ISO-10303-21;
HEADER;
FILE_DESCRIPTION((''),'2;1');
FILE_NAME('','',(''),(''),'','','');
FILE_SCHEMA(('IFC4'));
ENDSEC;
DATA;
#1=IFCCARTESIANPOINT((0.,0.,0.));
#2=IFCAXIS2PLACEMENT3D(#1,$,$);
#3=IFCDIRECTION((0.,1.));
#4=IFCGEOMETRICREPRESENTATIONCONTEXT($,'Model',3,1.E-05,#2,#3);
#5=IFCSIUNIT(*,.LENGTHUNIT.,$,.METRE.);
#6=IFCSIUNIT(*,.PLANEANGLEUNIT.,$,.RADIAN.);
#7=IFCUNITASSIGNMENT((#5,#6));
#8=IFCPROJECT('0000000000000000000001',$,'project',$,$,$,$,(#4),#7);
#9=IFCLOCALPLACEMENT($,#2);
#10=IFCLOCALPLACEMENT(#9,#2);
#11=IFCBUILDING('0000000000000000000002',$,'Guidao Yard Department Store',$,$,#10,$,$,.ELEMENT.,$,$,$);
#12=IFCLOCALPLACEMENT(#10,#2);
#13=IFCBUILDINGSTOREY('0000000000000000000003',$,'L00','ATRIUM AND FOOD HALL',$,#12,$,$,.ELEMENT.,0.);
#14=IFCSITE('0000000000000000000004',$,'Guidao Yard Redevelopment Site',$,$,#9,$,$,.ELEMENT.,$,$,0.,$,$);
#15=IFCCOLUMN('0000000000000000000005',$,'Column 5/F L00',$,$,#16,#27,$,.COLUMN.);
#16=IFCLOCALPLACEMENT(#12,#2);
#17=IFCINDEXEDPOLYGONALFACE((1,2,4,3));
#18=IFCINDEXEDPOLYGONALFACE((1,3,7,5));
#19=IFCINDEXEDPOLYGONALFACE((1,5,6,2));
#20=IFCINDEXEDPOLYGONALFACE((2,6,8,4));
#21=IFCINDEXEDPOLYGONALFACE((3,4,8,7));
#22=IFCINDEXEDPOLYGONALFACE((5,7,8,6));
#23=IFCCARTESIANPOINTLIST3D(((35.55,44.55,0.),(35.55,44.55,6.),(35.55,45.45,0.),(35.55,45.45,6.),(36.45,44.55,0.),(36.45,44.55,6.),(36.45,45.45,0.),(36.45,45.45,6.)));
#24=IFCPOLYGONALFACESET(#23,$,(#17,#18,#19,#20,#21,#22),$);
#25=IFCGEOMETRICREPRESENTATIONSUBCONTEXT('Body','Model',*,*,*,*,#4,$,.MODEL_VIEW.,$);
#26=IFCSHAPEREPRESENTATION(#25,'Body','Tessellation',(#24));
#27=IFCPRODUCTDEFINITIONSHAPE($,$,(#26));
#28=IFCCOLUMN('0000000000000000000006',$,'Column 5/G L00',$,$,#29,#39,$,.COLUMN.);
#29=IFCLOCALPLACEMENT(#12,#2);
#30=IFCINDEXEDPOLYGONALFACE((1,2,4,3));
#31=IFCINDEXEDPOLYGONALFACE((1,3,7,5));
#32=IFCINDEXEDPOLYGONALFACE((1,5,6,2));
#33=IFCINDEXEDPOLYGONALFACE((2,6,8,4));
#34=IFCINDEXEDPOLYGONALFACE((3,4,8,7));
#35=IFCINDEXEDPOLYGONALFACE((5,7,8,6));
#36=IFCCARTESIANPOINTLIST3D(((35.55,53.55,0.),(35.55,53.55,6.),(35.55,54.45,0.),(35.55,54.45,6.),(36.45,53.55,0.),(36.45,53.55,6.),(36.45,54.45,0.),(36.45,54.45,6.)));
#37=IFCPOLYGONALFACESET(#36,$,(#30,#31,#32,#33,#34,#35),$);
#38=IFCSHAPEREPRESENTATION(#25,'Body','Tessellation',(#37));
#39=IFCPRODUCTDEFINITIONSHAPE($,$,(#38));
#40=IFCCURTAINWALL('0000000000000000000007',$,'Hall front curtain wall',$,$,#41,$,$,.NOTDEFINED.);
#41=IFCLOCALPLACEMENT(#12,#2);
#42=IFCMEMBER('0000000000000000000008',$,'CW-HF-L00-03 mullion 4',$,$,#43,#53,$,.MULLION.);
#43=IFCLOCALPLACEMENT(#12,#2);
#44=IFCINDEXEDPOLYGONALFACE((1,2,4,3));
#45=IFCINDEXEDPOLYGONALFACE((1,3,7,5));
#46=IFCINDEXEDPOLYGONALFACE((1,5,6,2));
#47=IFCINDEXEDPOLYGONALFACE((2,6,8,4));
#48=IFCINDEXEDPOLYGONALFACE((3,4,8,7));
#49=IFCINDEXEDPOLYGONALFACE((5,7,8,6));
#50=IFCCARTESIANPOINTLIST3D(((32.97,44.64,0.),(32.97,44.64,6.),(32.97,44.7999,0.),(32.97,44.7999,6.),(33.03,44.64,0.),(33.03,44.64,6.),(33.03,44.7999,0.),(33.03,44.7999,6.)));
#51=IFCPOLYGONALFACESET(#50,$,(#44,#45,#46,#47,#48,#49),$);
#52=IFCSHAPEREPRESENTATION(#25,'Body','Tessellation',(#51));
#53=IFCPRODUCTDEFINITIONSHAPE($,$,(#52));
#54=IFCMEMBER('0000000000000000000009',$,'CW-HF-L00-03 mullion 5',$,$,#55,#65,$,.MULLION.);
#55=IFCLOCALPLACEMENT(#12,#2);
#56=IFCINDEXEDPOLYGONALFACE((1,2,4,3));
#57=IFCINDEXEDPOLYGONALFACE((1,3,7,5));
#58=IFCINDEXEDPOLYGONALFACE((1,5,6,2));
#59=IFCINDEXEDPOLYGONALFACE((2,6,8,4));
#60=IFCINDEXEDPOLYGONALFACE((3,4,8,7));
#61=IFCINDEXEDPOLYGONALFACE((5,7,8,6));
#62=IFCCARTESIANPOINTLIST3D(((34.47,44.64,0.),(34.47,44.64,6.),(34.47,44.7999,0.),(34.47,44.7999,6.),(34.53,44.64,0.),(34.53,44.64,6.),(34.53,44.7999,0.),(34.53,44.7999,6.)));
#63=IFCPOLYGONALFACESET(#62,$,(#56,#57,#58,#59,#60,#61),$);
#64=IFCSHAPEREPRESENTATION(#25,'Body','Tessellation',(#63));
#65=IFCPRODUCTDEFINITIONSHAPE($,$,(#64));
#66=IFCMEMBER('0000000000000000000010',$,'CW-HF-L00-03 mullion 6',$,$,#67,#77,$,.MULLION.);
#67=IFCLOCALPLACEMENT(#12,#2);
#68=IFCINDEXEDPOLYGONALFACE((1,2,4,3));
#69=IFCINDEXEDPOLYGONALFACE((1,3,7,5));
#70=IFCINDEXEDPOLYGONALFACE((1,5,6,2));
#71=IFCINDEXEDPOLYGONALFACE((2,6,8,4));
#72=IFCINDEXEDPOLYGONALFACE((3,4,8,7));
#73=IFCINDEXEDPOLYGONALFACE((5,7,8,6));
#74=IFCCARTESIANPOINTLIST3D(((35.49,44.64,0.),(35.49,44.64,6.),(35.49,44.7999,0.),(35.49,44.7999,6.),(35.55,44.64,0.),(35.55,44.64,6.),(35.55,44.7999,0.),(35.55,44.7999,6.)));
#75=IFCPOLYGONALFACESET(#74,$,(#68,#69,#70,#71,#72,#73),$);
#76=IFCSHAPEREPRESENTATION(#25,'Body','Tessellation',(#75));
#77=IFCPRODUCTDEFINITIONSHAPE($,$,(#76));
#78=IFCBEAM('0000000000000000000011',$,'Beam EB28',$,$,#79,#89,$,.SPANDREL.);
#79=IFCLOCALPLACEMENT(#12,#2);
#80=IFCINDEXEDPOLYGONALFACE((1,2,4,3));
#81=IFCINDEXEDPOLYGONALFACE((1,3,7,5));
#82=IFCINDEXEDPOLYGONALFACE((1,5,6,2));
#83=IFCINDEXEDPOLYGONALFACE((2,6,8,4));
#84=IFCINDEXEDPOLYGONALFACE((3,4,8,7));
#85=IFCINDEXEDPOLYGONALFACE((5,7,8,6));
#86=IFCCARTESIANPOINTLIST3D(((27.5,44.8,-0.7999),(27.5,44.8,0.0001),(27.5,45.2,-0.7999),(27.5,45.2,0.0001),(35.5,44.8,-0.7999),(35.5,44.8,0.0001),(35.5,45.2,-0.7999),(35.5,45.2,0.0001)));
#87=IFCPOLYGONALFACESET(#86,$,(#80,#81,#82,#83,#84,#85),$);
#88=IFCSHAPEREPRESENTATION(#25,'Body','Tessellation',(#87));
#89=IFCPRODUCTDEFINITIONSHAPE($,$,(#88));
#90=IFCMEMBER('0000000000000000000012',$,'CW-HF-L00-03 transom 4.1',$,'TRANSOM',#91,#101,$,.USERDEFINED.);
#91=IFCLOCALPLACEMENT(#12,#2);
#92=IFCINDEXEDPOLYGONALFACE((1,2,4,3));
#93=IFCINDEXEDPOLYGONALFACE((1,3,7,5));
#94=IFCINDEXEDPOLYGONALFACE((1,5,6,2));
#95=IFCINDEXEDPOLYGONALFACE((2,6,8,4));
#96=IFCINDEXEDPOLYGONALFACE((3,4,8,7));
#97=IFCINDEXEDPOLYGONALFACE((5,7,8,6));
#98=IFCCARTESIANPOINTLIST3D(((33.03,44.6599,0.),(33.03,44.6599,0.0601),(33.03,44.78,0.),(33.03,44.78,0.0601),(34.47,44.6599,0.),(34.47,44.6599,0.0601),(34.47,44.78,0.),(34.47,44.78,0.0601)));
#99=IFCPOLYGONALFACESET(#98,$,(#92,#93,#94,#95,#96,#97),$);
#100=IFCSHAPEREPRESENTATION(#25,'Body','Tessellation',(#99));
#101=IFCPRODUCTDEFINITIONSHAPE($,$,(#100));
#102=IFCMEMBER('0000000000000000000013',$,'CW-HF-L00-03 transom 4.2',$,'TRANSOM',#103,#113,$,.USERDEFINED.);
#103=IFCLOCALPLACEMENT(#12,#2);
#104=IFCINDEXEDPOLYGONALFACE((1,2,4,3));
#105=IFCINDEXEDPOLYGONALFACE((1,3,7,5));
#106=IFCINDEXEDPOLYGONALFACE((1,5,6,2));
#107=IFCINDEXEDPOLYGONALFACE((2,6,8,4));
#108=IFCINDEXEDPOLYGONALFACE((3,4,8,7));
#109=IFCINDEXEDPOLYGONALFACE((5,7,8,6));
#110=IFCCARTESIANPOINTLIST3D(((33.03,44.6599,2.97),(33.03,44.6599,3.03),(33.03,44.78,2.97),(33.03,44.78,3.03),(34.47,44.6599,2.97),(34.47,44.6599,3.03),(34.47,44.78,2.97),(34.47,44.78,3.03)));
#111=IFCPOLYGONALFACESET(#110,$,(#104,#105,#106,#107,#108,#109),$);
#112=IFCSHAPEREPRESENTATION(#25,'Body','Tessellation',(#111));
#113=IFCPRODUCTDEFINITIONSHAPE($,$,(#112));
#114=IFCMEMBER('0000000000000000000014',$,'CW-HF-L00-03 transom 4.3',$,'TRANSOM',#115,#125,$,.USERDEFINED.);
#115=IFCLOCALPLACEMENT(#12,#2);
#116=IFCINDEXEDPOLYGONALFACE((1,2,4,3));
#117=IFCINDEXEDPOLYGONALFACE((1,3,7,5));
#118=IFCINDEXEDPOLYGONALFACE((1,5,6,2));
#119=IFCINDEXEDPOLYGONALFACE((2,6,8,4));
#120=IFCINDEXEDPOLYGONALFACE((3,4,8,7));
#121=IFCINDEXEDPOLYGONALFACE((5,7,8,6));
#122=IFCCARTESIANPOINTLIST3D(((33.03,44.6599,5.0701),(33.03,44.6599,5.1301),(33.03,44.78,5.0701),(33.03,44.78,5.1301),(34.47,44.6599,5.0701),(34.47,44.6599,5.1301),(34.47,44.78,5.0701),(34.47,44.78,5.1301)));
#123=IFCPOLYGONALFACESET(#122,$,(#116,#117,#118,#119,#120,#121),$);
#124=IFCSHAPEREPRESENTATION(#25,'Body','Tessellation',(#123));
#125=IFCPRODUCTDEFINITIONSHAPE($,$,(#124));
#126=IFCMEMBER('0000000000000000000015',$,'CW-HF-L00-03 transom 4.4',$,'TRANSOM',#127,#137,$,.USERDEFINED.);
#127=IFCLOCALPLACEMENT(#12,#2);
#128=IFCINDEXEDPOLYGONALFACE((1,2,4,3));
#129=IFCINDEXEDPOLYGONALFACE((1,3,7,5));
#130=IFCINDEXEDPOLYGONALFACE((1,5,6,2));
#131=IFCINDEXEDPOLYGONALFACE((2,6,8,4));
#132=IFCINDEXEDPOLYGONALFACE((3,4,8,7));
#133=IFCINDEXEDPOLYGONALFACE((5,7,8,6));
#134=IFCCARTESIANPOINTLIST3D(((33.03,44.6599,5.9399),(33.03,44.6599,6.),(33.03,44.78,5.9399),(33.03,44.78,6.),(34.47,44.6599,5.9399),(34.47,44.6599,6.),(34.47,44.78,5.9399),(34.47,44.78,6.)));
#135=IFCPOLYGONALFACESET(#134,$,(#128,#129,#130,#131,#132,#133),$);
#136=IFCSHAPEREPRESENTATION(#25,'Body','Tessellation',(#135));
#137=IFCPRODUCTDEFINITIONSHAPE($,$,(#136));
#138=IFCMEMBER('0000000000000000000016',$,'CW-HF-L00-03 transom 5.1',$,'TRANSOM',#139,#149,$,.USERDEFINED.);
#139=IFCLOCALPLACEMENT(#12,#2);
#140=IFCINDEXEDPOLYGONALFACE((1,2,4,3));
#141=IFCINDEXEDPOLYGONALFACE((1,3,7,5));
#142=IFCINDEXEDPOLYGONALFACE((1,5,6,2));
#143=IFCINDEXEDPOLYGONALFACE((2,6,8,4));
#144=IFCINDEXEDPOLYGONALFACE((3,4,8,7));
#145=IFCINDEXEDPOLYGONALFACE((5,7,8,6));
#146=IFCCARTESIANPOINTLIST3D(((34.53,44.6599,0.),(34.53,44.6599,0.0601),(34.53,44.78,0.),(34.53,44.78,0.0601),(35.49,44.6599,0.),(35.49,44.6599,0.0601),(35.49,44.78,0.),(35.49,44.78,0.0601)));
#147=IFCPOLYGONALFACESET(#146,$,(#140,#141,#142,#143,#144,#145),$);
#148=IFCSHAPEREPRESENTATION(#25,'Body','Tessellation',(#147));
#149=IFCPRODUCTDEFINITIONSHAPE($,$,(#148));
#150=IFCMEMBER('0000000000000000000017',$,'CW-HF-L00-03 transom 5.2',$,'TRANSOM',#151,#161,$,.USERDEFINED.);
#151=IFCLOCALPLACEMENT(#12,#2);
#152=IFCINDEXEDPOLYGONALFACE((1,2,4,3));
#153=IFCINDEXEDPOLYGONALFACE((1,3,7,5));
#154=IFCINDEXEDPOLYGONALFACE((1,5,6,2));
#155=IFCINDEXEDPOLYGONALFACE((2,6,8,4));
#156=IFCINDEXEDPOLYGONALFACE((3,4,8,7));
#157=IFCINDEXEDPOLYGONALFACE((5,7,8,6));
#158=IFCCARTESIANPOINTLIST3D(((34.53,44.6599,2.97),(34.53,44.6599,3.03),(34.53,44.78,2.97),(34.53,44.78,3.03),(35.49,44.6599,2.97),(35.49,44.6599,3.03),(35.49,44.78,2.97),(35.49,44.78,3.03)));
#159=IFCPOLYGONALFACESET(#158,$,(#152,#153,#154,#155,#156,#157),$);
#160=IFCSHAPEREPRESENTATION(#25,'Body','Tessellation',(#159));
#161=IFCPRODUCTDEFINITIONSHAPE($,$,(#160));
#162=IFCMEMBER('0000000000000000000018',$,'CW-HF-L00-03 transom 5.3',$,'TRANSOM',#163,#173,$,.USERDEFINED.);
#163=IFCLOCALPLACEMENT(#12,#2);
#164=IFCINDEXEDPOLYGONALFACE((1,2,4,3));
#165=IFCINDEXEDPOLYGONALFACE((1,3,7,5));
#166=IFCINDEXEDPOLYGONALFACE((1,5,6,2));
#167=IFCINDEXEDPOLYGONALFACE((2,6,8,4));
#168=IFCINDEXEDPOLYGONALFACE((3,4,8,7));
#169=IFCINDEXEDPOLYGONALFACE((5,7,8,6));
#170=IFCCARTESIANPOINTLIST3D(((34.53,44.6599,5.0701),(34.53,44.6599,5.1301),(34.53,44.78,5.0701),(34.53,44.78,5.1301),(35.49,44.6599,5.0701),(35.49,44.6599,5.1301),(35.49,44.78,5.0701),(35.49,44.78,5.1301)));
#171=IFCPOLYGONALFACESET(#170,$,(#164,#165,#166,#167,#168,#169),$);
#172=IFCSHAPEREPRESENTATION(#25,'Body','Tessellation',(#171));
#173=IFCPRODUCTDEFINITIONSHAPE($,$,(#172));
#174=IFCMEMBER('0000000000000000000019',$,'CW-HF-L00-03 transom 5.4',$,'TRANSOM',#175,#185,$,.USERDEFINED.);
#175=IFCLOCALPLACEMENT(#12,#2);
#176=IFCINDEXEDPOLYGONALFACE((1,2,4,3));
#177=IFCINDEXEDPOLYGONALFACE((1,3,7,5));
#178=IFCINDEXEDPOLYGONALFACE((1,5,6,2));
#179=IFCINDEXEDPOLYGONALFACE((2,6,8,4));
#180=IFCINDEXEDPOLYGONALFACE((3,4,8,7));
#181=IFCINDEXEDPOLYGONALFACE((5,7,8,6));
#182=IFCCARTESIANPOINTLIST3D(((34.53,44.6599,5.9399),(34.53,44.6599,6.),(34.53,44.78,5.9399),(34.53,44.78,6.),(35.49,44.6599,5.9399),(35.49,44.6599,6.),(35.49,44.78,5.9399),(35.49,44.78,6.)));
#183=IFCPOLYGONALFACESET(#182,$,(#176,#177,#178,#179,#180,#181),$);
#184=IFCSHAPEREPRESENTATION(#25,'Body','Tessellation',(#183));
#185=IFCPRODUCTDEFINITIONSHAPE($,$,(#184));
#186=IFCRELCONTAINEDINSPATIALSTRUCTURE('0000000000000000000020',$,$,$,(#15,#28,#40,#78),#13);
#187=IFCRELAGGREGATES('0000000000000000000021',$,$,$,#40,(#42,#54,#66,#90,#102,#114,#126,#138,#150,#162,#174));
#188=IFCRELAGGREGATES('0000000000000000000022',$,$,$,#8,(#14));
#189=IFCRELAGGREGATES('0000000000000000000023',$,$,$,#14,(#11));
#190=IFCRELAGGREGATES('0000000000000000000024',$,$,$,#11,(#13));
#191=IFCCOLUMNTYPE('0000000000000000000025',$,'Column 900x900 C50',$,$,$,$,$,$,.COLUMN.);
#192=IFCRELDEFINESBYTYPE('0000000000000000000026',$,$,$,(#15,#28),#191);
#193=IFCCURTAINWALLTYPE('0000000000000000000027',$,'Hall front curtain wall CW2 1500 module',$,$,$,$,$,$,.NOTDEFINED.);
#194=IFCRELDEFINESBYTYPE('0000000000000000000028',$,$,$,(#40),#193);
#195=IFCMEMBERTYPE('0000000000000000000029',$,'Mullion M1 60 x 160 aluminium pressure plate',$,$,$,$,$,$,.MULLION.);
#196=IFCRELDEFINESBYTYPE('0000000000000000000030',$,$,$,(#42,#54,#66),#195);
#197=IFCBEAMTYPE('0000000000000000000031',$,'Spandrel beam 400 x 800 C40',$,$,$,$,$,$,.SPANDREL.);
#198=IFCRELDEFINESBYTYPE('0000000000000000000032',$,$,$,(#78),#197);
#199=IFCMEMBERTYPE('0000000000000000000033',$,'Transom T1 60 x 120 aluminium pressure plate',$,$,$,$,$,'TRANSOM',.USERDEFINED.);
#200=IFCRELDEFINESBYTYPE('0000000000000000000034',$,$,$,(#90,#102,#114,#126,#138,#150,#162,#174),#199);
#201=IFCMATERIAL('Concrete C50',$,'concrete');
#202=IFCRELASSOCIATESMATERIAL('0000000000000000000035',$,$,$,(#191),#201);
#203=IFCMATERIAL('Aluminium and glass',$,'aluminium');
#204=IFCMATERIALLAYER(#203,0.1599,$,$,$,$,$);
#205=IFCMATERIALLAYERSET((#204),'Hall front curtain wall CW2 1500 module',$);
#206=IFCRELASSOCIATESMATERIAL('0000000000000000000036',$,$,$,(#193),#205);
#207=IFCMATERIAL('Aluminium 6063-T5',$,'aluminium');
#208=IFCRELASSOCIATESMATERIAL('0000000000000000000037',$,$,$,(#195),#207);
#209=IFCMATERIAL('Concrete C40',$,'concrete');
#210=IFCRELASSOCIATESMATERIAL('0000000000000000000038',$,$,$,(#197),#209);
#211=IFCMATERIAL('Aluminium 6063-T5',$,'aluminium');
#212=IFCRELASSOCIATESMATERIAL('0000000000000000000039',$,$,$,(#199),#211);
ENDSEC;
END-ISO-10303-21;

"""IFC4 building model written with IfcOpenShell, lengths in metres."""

from ifc_helpers import new_model, si_unit, direction, frame, origin, origin_2d, place, context, subcontext, project, spatial, rectangle, extrude, material, layer, layer_set, material_profile, profile_set, type_object, element, aggregate, save


model = new_model("IFC4")

# Units and contexts
model_context = context("Model", 3, precision=1e-05, world=origin(), true_north=direction((0.0, 1.0)))
body_context = subcontext(model_context, "Body", "Model", "MODEL_VIEW")
ifc_project = project(units=[si_unit("LENGTHUNIT", "METRE"), si_unit("PLANEANGLEUNIT", "RADIAN")], contexts=[model_context])

# Site, building, storey
site_placement = place(None, origin())
site = spatial("IfcSite", under=ifc_project, at=site_placement, Name="Guidao Yard Redevelopment Site", CompositionType="ELEMENT", RefElevation=0.0)
building_placement = place(site_placement, origin())
building = spatial("IfcBuilding", under=site, at=building_placement, Name="Guidao Yard Department Store", CompositionType="ELEMENT")
storey_placement = place(building_placement, origin())
storey = spatial("IfcBuildingStorey", under=building, at=storey_placement, Name="L00", Description="ATRIUM AND FOOD HALL", CompositionType="ELEMENT", Elevation=0.0)

# Columns
ifc_material_1 = material(Name="Concrete C50", Category="concrete")
ifc_material_profile_1 = material_profile(ifc_material_1, rectangle(XDim=0.8999, YDim=0.8999, at=origin_2d()), Name="COL 900x900")
ifc_profile_set_1 = profile_set([ifc_material_profile_1], Name="Concrete C50")
column_type = type_object("IfcColumnType", Name="Column 900x900 C50", PredefinedType="COLUMN", material=ifc_profile_set_1)
for number, where, z_axis, x_axis, name in (
    (1, (36.0, 45.0, 0.0), (0.0, 0.0, 1.0), (1.0, 0.0, 0.0), "Column 5/F L00"),
    (2, (36.0, 54.0, 0.0), (0.0, 0.0, 1.0), (1.0, 0.0, 0.0), "Column 5/G L00"),
):
    element("IfcColumn", number, at=place(storey_placement, frame(where, z_axis=z_axis, x_axis=x_axis)), inside=storey, type_object=column_type, Name=name, PredefinedType="COLUMN", context=body_context, shape_type="SweptSolid", body=[
        extrude(rectangle(XDim=0.8999, YDim=0.8999, at=origin_2d()), origin(), (0.0, 0.0, 1.0), 6.0),
    ])

# Curtain wall, members
ifc_material_2 = material(Name="Aluminium and glass", Category="aluminium")
ifc_layer_1 = layer(ifc_material_2, 0.1599)
ifc_layer_set_1 = layer_set([ifc_layer_1], Name="Hall front curtain wall CW2 1500 module")
curtain_wall_type = type_object("IfcCurtainWallType", Name="Hall front curtain wall CW2 1500 module", PredefinedType="NOTDEFINED", material=ifc_layer_set_1)
curtain_wall_placement = place(storey_placement, origin())
curtain_wall = element("IfcCurtainWall", 3, at=curtain_wall_placement, inside=storey, type_object=curtain_wall_type, Name="Hall front curtain wall", PredefinedType="NOTDEFINED")
ifc_material_3 = material(Name="Aluminium 6063-T5", Category="aluminium")
ifc_material_profile_2 = material_profile(ifc_material_3, rectangle(XDim=0.0601, YDim=0.1599, at=origin_2d()), Name="Mullion M1 60 x 160 aluminium pressure plate")
ifc_profile_set_2 = profile_set([ifc_material_profile_2], Name="Aluminium 6063-T5")
member_type_1 = type_object("IfcMemberType", Name="Mullion M1 60 x 160 aluminium pressure plate", PredefinedType="MULLION", material=ifc_profile_set_2)
member_1_placement = place(storey_placement, frame((33.0, 44.72, 0.0), z_axis=(0.0, 0.0, 1.0), x_axis=(-1.0, 0.0, 0.0)))
member_1 = element("IfcMember", 4, at=member_1_placement, type_object=member_type_1, Name="CW-HF-L00-03 mullion 4", PredefinedType="MULLION", context=body_context, shape_type="SweptSolid", body=[
    extrude(rectangle(XDim=0.0601, YDim=0.1599, at=origin_2d()), origin(), (0.0, 0.0, 1.0), 6.0),
])
member_2_placement = place(storey_placement, frame((34.5, 44.72, 0.0), z_axis=(0.0, 0.0, 1.0), x_axis=(-1.0, 0.0, 0.0)))
member_2 = element("IfcMember", 5, at=member_2_placement, type_object=member_type_1, Name="CW-HF-L00-03 mullion 5", PredefinedType="MULLION", context=body_context, shape_type="SweptSolid", body=[
    extrude(rectangle(XDim=0.0601, YDim=0.1599, at=origin_2d()), origin(), (0.0, 0.0, 1.0), 6.0),
])
member_3_placement = place(storey_placement, frame((35.52, 44.72, 0.0), z_axis=(0.0, 0.0, 1.0), x_axis=(-1.0, 0.0, 0.0)))
member_3 = element("IfcMember", 6, at=member_3_placement, type_object=member_type_1, Name="CW-HF-L00-03 mullion 6", PredefinedType="MULLION", context=body_context, shape_type="SweptSolid", body=[
    extrude(rectangle(XDim=0.0601, YDim=0.1599, at=origin_2d()), origin(), (0.0, 0.0, 1.0), 6.0),
])

# Beam
ifc_material_4 = material(Name="Concrete C40", Category="concrete")
ifc_material_profile_3 = material_profile(ifc_material_4, rectangle(XDim=0.3999, YDim=0.8, at=origin_2d()), Name="Spandrel beam 400 x 800 C40")
ifc_profile_set_3 = profile_set([ifc_material_profile_3], Name="Concrete C40")
beam_type = type_object("IfcBeamType", Name="Spandrel beam 400 x 800 C40", PredefinedType="SPANDREL", material=ifc_profile_set_3)
beam_placement = place(storey_placement, frame((27.5, 45.0, -0.3999), z_axis=(1.0, 0.0, 0.0), x_axis=(0.0, 1.0, 0.0)))
element("IfcBeam", 7, at=beam_placement, inside=storey, type_object=beam_type, Name="Beam EB28", PredefinedType="SPANDREL", context=body_context, shape_type="SweptSolid", body=[
    extrude(rectangle(XDim=0.3999, YDim=0.8, at=origin_2d()), origin(), (0.0, 0.0, 1.0), 8.0),
])

# Members
ifc_material_5 = material(Name="Aluminium 6063-T5", Category="aluminium")
ifc_material_profile_4 = material_profile(ifc_material_5, rectangle(XDim=0.1201, YDim=0.0601, at=origin_2d()), Name="Transom T1 60 x 120 aluminium pressure plate")
ifc_profile_set_4 = profile_set([ifc_material_profile_4], Name="Aluminium 6063-T5")
member_type_2 = type_object("IfcMemberType", Name="Transom T1 60 x 120 aluminium pressure plate", ElementType="TRANSOM", PredefinedType="USERDEFINED", material=ifc_profile_set_4)
member_4_placement = place(storey_placement, frame((34.47, 44.72, 0.03), z_axis=(-1.0, 0.0, 0.0), x_axis=(0.0, -1.0, 0.0)))
member_4 = element("IfcMember", 8, at=member_4_placement, type_object=member_type_2, Name="CW-HF-L00-03 transom 4.1", ObjectType="TRANSOM", PredefinedType="USERDEFINED", context=body_context, shape_type="SweptSolid", body=[
    extrude(rectangle(XDim=0.1201, YDim=0.0601, at=origin_2d()), origin(), (0.0, 0.0, 1.0), 1.4399),
])
member_5_placement = place(storey_placement, frame((34.47, 44.72, 3.0), z_axis=(-1.0, 0.0, 0.0), x_axis=(0.0, -1.0, 0.0)))
member_5 = element("IfcMember", 9, at=member_5_placement, type_object=member_type_2, Name="CW-HF-L00-03 transom 4.2", ObjectType="TRANSOM", PredefinedType="USERDEFINED", context=body_context, shape_type="SweptSolid", body=[
    extrude(rectangle(XDim=0.1201, YDim=0.0601, at=origin_2d()), origin(), (0.0, 0.0, 1.0), 1.4399),
])
member_6_placement = place(storey_placement, frame((34.47, 44.72, 5.1001), z_axis=(-1.0, 0.0, 0.0), x_axis=(0.0, -1.0, 0.0)))
member_6 = element("IfcMember", 10, at=member_6_placement, type_object=member_type_2, Name="CW-HF-L00-03 transom 4.3", ObjectType="TRANSOM", PredefinedType="USERDEFINED", context=body_context, shape_type="SweptSolid", body=[
    extrude(rectangle(XDim=0.1201, YDim=0.0601, at=origin_2d()), origin(), (0.0, 0.0, 1.0), 1.4399),
])
member_7_placement = place(storey_placement, frame((34.47, 44.72, 5.97), z_axis=(-1.0, 0.0, 0.0), x_axis=(0.0, -1.0, 0.0)))
member_7 = element("IfcMember", 11, at=member_7_placement, type_object=member_type_2, Name="CW-HF-L00-03 transom 4.4", ObjectType="TRANSOM", PredefinedType="USERDEFINED", context=body_context, shape_type="SweptSolid", body=[
    extrude(rectangle(XDim=0.1201, YDim=0.0601, at=origin_2d()), origin(), (0.0, 0.0, 1.0), 1.4399),
])
member_8_placement = place(storey_placement, frame((35.49, 44.72, 0.03), z_axis=(-1.0, 0.0, 0.0), x_axis=(0.0, -1.0, 0.0)))
member_8 = element("IfcMember", 12, at=member_8_placement, type_object=member_type_2, Name="CW-HF-L00-03 transom 5.1", ObjectType="TRANSOM", PredefinedType="USERDEFINED", context=body_context, shape_type="SweptSolid", body=[
    extrude(rectangle(XDim=0.1201, YDim=0.0601, at=origin_2d()), origin(), (0.0, 0.0, 1.0), 0.96),
])
member_9_placement = place(storey_placement, frame((35.49, 44.72, 3.0), z_axis=(-1.0, 0.0, 0.0), x_axis=(0.0, -1.0, 0.0)))
member_9 = element("IfcMember", 13, at=member_9_placement, type_object=member_type_2, Name="CW-HF-L00-03 transom 5.2", ObjectType="TRANSOM", PredefinedType="USERDEFINED", context=body_context, shape_type="SweptSolid", body=[
    extrude(rectangle(XDim=0.1201, YDim=0.0601, at=origin_2d()), origin(), (0.0, 0.0, 1.0), 0.96),
])
member_10_placement = place(storey_placement, frame((35.49, 44.72, 5.1001), z_axis=(-1.0, 0.0, 0.0), x_axis=(0.0, -1.0, 0.0)))
member_10 = element("IfcMember", 14, at=member_10_placement, type_object=member_type_2, Name="CW-HF-L00-03 transom 5.3", ObjectType="TRANSOM", PredefinedType="USERDEFINED", context=body_context, shape_type="SweptSolid", body=[
    extrude(rectangle(XDim=0.1201, YDim=0.0601, at=origin_2d()), origin(), (0.0, 0.0, 1.0), 0.96),
])
member_11_placement = place(storey_placement, frame((35.49, 44.72, 5.97), z_axis=(-1.0, 0.0, 0.0), x_axis=(0.0, -1.0, 0.0)))
member_11 = element("IfcMember", 15, at=member_11_placement, type_object=member_type_2, Name="CW-HF-L00-03 transom 5.4", ObjectType="TRANSOM", PredefinedType="USERDEFINED", context=body_context, shape_type="SweptSolid", body=[
    extrude(rectangle(XDim=0.1201, YDim=0.0601, at=origin_2d()), origin(), (0.0, 0.0, 1.0), 0.96),
])

aggregate(curtain_wall, [member_1, member_2, member_3, member_4, member_5, member_6, member_7, member_8, member_9, member_10, member_11])

save(model, "model.ifc")
